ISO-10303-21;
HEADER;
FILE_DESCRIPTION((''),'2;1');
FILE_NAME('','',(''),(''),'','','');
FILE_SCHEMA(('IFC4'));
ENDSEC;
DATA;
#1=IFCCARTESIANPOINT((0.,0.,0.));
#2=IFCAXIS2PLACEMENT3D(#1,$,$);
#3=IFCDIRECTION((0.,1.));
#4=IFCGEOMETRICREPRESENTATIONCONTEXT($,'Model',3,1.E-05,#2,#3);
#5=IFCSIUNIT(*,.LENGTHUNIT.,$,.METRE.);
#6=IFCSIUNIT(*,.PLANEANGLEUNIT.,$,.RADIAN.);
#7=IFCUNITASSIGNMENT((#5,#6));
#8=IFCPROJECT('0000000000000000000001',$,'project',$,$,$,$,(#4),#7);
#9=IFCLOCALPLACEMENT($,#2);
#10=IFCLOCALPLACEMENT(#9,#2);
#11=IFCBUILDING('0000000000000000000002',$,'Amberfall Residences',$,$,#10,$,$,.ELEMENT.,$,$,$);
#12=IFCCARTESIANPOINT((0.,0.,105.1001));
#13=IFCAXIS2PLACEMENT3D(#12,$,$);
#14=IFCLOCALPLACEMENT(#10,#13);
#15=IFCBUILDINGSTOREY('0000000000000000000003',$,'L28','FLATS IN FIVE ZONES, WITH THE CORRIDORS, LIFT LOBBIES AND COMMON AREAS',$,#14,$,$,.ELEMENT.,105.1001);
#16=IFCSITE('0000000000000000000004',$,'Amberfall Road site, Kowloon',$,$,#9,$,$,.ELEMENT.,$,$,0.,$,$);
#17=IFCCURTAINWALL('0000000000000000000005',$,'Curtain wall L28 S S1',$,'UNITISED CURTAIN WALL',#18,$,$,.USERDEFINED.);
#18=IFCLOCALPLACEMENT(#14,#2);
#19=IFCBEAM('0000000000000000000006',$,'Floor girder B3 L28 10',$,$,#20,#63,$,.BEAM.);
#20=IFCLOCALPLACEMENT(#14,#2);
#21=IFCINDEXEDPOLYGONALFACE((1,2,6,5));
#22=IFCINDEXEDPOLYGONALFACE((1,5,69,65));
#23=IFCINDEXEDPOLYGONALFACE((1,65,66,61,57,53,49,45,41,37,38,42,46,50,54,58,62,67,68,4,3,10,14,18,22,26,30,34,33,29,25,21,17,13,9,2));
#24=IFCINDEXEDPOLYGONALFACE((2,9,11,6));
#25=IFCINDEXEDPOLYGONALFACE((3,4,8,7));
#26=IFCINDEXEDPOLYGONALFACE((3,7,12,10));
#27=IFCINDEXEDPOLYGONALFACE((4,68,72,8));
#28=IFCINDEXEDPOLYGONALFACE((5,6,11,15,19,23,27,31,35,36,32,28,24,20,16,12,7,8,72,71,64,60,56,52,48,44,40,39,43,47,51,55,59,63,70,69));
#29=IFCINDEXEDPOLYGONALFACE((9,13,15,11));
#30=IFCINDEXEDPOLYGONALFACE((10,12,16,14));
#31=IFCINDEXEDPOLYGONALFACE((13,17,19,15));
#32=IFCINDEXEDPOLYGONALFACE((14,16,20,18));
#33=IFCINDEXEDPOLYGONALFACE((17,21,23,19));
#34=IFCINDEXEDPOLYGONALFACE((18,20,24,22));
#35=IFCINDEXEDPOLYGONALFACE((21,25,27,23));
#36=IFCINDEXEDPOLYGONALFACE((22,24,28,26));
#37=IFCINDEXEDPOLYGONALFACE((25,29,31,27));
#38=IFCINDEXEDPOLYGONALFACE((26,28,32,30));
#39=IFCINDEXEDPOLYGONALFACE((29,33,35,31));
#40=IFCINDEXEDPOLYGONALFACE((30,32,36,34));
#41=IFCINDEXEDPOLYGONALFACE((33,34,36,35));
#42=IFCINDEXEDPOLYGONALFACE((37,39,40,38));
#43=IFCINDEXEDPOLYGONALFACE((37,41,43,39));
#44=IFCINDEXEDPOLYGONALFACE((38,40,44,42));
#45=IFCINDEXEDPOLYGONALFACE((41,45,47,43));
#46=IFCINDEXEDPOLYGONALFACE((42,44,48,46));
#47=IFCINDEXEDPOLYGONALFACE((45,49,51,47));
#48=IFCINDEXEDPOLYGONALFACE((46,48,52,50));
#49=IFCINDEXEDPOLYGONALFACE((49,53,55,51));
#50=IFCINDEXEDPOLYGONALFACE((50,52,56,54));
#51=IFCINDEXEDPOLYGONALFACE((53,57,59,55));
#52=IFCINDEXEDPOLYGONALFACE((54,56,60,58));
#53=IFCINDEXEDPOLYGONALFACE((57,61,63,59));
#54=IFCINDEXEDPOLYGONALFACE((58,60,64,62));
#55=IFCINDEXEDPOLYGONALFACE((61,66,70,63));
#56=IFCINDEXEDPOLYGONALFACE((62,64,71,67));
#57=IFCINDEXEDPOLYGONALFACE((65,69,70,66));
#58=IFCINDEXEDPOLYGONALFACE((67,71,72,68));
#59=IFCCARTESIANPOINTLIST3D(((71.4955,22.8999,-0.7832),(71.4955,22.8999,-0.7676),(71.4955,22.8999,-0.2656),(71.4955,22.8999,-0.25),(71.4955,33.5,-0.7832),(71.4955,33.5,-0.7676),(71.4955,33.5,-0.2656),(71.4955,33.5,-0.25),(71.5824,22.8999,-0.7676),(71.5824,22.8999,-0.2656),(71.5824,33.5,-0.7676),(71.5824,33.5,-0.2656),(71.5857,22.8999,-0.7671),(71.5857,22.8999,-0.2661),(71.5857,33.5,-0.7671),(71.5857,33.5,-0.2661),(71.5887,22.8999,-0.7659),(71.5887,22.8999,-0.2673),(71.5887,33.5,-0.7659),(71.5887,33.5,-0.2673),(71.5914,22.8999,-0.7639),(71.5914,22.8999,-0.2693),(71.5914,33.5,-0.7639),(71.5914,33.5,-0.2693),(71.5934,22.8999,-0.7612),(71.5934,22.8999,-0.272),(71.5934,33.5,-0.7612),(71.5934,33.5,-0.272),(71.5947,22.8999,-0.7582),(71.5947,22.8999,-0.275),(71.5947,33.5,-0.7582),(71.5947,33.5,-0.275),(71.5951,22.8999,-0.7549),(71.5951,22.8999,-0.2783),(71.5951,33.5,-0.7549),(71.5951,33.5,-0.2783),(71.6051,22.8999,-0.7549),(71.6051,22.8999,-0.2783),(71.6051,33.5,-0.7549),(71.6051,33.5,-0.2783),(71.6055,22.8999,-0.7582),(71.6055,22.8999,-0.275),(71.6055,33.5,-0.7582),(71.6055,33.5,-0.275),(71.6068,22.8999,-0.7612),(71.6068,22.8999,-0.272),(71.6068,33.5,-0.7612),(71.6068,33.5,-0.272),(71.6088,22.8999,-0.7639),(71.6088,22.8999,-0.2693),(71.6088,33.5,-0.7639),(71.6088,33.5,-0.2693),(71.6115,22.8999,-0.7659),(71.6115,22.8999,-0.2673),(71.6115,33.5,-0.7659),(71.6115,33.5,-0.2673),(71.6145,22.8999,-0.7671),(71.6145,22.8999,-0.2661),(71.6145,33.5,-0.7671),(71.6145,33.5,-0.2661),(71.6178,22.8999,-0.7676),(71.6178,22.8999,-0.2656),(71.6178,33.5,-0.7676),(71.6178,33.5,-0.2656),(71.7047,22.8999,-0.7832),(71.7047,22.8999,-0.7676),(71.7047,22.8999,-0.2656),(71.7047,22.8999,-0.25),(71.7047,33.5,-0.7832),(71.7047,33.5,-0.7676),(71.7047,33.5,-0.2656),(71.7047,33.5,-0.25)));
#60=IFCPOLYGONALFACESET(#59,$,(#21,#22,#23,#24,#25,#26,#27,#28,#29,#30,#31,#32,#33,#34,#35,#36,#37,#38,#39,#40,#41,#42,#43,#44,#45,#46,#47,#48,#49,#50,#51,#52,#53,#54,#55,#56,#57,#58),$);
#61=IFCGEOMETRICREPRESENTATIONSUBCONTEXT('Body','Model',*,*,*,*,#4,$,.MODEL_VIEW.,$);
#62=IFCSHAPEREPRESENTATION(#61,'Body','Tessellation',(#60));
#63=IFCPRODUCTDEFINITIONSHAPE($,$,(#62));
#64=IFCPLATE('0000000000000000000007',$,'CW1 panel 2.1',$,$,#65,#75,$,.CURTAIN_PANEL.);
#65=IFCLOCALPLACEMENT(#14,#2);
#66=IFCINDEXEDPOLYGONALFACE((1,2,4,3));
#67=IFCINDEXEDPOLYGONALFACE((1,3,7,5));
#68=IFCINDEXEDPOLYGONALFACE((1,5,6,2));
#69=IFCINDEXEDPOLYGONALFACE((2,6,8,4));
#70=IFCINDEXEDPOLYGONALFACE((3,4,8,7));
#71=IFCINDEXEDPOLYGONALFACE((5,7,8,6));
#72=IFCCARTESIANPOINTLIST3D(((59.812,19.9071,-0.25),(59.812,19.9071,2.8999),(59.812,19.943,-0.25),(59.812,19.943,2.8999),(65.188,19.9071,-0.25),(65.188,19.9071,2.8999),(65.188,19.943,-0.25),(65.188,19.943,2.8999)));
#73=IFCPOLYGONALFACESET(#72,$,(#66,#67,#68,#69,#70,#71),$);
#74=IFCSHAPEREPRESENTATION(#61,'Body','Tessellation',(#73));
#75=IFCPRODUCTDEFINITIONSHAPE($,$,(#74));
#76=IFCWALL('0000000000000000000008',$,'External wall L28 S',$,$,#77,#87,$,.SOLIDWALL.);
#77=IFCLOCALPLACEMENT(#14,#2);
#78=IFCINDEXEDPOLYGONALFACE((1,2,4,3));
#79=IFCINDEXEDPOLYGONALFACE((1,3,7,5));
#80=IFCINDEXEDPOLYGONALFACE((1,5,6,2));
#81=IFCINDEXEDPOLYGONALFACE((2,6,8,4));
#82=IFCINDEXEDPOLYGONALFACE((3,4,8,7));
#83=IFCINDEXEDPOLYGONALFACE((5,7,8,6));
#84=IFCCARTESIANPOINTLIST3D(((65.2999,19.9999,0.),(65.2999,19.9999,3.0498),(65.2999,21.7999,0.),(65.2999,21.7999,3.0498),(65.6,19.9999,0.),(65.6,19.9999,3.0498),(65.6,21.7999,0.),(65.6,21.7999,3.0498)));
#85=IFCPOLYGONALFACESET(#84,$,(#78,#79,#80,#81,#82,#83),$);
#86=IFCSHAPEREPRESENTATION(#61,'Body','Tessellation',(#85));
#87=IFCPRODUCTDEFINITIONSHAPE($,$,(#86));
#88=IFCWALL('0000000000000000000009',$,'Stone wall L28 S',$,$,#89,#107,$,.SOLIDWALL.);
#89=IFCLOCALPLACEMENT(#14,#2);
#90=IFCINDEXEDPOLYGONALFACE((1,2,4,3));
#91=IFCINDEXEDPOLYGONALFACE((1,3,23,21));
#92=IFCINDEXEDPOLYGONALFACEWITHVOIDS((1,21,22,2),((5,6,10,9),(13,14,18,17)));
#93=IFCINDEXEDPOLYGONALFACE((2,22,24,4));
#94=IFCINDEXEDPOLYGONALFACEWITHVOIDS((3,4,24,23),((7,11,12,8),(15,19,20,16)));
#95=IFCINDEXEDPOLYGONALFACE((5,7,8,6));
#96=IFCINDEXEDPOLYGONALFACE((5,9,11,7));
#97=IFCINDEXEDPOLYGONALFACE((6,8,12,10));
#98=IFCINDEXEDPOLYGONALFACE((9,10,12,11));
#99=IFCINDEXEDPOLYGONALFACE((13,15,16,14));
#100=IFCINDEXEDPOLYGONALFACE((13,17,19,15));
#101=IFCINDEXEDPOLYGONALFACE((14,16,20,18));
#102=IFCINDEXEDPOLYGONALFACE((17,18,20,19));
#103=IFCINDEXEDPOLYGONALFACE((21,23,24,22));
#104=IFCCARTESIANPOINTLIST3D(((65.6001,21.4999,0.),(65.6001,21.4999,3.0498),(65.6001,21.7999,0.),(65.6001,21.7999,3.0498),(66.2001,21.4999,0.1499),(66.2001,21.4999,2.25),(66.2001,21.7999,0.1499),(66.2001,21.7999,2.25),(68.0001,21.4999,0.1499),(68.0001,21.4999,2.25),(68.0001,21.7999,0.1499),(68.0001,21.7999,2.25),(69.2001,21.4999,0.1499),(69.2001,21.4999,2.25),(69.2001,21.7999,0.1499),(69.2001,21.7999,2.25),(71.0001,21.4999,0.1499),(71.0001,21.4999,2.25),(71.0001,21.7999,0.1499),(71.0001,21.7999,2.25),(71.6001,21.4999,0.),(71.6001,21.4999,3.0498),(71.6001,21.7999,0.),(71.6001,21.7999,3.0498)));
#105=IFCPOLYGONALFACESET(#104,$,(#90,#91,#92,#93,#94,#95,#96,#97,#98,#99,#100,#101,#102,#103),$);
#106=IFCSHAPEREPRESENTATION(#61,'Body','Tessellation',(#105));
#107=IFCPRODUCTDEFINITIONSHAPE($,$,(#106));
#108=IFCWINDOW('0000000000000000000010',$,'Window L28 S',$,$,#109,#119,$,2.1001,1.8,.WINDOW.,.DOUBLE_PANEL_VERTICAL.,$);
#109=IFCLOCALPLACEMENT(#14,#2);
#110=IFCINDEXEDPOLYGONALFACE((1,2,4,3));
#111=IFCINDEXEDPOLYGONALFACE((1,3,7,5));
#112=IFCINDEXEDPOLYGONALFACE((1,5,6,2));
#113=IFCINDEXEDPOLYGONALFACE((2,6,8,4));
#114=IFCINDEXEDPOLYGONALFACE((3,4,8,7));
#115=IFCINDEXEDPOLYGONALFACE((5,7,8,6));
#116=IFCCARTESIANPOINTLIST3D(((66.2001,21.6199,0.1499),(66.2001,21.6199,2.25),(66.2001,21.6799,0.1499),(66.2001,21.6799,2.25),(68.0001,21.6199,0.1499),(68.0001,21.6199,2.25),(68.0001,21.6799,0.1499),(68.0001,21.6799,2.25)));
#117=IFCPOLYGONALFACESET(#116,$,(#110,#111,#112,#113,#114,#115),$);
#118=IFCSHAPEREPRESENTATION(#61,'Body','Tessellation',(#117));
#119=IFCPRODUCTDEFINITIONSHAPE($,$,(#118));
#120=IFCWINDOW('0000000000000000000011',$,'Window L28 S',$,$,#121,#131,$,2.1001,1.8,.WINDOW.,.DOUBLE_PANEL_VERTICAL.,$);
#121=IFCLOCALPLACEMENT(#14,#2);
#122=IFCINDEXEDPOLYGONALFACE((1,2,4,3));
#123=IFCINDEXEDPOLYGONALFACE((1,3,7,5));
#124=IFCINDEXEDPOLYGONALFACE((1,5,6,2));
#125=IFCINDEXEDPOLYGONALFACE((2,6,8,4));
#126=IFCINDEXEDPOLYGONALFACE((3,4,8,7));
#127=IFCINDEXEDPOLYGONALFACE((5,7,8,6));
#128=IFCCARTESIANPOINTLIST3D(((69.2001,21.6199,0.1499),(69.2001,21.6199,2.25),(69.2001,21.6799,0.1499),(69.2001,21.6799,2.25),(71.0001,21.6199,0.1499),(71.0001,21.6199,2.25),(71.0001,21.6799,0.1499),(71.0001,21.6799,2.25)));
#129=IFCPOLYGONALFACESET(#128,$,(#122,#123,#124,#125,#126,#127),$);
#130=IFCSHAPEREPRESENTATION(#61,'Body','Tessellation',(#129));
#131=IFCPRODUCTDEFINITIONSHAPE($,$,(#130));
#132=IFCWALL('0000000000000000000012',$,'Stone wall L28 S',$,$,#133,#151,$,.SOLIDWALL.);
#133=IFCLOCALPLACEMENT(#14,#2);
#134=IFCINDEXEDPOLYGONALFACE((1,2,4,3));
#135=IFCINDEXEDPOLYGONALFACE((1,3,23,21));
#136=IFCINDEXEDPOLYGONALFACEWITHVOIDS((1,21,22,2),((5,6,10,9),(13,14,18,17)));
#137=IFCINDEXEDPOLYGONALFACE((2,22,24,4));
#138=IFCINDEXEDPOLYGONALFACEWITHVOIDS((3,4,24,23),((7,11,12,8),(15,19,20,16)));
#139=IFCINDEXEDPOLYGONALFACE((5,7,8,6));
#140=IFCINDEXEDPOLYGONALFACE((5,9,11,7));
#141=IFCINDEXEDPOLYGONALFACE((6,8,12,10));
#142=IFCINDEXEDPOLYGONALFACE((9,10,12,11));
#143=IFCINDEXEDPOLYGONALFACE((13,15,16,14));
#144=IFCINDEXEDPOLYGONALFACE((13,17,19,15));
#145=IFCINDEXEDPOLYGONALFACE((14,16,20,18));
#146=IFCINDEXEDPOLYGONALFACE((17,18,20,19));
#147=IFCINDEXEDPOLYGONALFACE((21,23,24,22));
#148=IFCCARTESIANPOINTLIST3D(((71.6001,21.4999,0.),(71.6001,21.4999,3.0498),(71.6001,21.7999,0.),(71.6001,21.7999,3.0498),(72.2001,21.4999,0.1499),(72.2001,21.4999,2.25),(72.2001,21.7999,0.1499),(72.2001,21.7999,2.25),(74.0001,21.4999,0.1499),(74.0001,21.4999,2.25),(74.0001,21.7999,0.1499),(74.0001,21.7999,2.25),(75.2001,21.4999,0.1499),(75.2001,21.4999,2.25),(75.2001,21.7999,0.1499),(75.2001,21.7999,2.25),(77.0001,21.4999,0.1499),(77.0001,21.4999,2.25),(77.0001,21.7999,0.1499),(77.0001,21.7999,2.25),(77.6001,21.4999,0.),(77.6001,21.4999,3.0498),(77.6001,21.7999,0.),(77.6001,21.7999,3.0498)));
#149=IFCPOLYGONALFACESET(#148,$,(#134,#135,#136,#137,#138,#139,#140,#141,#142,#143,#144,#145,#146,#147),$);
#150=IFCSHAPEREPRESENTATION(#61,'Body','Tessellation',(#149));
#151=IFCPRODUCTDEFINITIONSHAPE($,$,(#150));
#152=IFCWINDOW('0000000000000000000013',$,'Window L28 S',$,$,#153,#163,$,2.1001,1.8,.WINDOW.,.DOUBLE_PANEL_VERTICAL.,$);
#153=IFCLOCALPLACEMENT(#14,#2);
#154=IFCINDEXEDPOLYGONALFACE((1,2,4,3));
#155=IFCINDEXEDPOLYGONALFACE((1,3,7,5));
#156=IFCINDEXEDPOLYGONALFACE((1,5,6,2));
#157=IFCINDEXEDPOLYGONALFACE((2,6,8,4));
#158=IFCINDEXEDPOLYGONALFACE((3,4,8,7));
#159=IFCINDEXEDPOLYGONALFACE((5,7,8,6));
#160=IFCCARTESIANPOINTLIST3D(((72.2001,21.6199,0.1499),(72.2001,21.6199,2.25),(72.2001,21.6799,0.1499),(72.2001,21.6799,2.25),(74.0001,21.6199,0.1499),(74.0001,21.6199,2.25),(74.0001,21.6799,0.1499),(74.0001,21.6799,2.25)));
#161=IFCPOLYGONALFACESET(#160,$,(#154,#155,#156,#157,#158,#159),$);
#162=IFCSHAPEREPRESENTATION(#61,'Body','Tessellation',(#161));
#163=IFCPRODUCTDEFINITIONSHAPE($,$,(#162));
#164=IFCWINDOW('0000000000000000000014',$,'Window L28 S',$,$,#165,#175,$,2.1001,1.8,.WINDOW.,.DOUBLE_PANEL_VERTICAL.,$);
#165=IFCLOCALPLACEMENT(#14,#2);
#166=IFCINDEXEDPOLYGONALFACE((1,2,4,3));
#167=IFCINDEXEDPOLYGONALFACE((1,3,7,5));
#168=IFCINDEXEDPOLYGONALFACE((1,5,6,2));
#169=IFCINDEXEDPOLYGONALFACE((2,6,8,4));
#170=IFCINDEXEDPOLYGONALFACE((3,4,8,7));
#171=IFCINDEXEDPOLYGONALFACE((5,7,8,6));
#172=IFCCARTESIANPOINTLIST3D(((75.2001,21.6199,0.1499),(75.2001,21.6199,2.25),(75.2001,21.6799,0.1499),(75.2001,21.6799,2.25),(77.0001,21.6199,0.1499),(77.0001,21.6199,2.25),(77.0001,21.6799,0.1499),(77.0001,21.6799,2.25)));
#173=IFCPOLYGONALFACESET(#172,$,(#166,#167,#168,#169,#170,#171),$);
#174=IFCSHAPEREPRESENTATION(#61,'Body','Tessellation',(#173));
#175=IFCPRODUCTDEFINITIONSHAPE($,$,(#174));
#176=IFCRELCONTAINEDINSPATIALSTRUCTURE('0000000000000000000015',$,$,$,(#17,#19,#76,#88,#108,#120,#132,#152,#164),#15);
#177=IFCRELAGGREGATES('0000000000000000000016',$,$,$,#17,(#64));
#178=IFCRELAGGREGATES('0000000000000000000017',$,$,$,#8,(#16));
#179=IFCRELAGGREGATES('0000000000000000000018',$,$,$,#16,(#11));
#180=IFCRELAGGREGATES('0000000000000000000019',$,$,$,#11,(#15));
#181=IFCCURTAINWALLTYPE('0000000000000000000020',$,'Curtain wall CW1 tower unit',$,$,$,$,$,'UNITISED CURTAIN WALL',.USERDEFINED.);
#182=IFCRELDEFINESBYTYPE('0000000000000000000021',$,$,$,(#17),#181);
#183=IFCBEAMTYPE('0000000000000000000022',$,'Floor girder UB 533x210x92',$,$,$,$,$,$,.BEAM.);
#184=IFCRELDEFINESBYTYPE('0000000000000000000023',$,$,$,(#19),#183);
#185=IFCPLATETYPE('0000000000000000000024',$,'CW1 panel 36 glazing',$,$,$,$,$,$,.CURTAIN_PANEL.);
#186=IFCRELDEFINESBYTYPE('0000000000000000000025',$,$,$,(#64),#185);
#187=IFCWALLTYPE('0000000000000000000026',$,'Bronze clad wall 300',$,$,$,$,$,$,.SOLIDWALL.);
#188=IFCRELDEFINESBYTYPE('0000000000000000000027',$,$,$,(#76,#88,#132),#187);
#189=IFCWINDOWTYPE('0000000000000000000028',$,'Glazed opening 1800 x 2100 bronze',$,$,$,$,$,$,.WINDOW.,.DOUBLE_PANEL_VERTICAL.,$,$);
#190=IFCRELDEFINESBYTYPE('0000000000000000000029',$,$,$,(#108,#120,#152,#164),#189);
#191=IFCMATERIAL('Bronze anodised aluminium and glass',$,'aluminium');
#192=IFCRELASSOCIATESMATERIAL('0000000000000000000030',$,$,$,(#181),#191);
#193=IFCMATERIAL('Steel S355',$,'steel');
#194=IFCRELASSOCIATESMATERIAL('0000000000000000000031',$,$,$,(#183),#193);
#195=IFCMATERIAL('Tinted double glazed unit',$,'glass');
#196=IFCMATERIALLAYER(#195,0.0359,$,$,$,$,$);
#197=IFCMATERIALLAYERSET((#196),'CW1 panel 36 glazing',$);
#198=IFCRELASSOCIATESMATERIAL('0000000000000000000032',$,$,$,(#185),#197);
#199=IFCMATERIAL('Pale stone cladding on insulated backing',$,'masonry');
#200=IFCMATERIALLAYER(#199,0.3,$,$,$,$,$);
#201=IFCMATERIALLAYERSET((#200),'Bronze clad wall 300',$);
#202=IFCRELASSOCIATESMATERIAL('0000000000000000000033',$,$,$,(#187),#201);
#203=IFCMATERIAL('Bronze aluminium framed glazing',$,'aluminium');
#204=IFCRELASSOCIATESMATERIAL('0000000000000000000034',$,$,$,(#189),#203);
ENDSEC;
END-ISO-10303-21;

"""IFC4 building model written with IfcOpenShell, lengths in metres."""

from ifc_helpers import new_model, si_unit, direction, frame, frame_2d, origin, origin_2d, place, context, subcontext, project, spatial, rectangle, i_section, extrude, material, layer, layer_set, material_profile, profile_set, type_object, element, fill, aggregate, save


model = new_model("IFC4")

# Units and contexts
model_context = context("Model", 3, precision=1e-05, world=origin(), true_north=direction((0.0, 1.0)))
body_context = subcontext(model_context, "Body", "Model", "MODEL_VIEW")
ifc_project = project(units=[si_unit("LENGTHUNIT", "METRE"), si_unit("PLANEANGLEUNIT", "RADIAN")], contexts=[model_context])

# Site, building, storey
site_placement = place(None, origin())
site = spatial("IfcSite", under=ifc_project, at=site_placement, Name="Amberfall Road site, Kowloon", CompositionType="ELEMENT", RefElevation=0.0)
building_placement = place(site_placement, origin())
building = spatial("IfcBuilding", under=site, at=building_placement, Name="Amberfall Residences", CompositionType="ELEMENT")
storey_placement = place(building_placement, frame((0.0, 0.0, 105.1001)))
storey = spatial("IfcBuildingStorey", under=building, at=storey_placement, Name="L28", Description="FLATS IN FIVE ZONES, WITH THE CORRIDORS, LIFT LOBBIES AND COMMON AREAS", CompositionType="ELEMENT", Elevation=105.1001)

# Curtain wall
ifc_material_1 = material(Name="Bronze anodised aluminium and glass", Category="aluminium")
curtain_wall_type = type_object("IfcCurtainWallType", Name="Curtain wall CW1 tower unit", ElementType="UNITISED CURTAIN WALL", PredefinedType="USERDEFINED", material=ifc_material_1)
curtain_wall_placement = place(storey_placement, origin())
curtain_wall = element("IfcCurtainWall", 1, at=curtain_wall_placement, inside=storey, type_object=curtain_wall_type, Name="Curtain wall L28 S S1", ObjectType="UNITISED CURTAIN WALL", PredefinedType="USERDEFINED")

# Shared definitions
ifc_material_2 = material(Name="Steel S355", Category="steel")

# Beam
ifc_material_profile_1 = material_profile(ifc_material_2, i_section(OverallWidth=0.2092, OverallDepth=0.5332, WebThickness=0.01, FlangeThickness=0.0156, FilletRadius=0.0127, at=origin_2d()), Name="UB 533x210x92")
ifc_profile_set_1 = profile_set([ifc_material_profile_1], Name="Steel S355")
beam_type_1 = type_object("IfcBeamType", Name="Floor girder UB 533x210x92", PredefinedType="BEAM", material=ifc_profile_set_1)
for number, where, z_axis, x_axis, name in (
    (2, (71.6001, 22.8999, -0.5166), (0.0, 1.0, 0.0), (-1.0, 0.0, 0.0), "Floor girder B3 L28 10"),
):
    element("IfcBeam", number, at=place(storey_placement, frame(where, z_axis=z_axis, x_axis=x_axis)), inside=storey, type_object=beam_type_1, Name=name, PredefinedType="BEAM", context=body_context, shape_type="SweptSolid", body=[
        extrude(i_section(OverallWidth=0.2092, OverallDepth=0.5332, WebThickness=0.01, FlangeThickness=0.0156, FilletRadius=0.0127, at=origin_2d()), origin(), (0.0, 0.0, 1.0), 10.6001),
    ])

# Plate
ifc_material_3 = material(Name="Tinted double glazed unit", Category="glass")
ifc_layer_1 = layer(ifc_material_3, 0.0359)
ifc_layer_set_1 = layer_set([ifc_layer_1], Name="CW1 panel 36 glazing")
plate_type = type_object("IfcPlateType", Name="CW1 panel 36 glazing", PredefinedType="CURTAIN_PANEL", material=ifc_layer_set_1)
plate_placement = place(storey_placement, frame((62.5, 19.925, -0.25), z_axis=(0.0, 0.0, 1.0), x_axis=(1.0, 0.0, 0.0)))
plate = element("IfcPlate", 3, at=plate_placement, type_object=plate_type, Name="CW1 panel 2.1", PredefinedType="CURTAIN_PANEL", context=body_context, shape_type="SweptSolid", body=[
    extrude(rectangle(XDim=5.376, YDim=0.0359, at=origin_2d()), origin(), (0.0, 0.0, 1.0), 3.1499),
])
aggregate(curtain_wall, [plate])

# Wall
ifc_material_4 = material(Name="Pale stone cladding on insulated backing", Category="masonry")
ifc_layer_2 = layer(ifc_material_4, 0.3)
ifc_layer_set_2 = layer_set([ifc_layer_2], Name="Bronze clad wall 300")
wall_type_1 = type_object("IfcWallType", Name="Bronze clad wall 300", PredefinedType="SOLIDWALL", material=ifc_layer_set_2)
wall_1_placement = place(storey_placement, frame((65.45, 20.0, 0.0), z_axis=(0.0, 0.0, 1.0), x_axis=(0.0, 1.0, 0.0)))
element("IfcWall", 4, at=wall_1_placement, inside=storey, type_object=wall_type_1, Name="External wall L28 S", PredefinedType="SOLIDWALL", context=body_context, shape_type="SweptSolid", body=[
    extrude(rectangle(XDim=1.8, YDim=0.3, at=frame_2d((0.8999, 0.0))), origin(), (0.0, 0.0, 1.0), 3.0498),
])

# Walls, openings, windows
wall_2_placement = place(storey_placement, frame((65.6001, 21.6499, 0.0), z_axis=(0.0, 0.0, 1.0), x_axis=(1.0, 0.0, 0.0)))
wall_2 = element("IfcWall", 5, at=wall_2_placement, inside=storey, type_object=wall_type_1, Name="Stone wall L28 S", PredefinedType="SOLIDWALL", context=body_context, shape_type="SweptSolid", body=[
    extrude(rectangle(XDim=6.0, YDim=0.3, at=frame_2d((3.0, 0.0))), origin(), (0.0, 0.0, 1.0), 3.0498),
])
opening_1_placement = place(wall_2_placement, frame((0.6001, 0.0, 0.1499)))
opening_1 = element("IfcOpeningElement", 6, at=opening_1_placement, cuts=wall_2, PredefinedType="OPENING", context=body_context, shape_type="SweptSolid", body=[
    extrude(rectangle(XDim=1.8, YDim=2.1001, at=frame_2d((0.8999, 1.05))), frame((0.0, 0.1599, 0.0), z_axis=(0.0, -1.0, 0.0), x_axis=(1.0, 0.0, 0.0)), (0.0, 0.0, 1.0), 0.3201),
])
opening_2_placement = place(wall_2_placement, frame((3.6001, 0.0, 0.1499)))
opening_2 = element("IfcOpeningElement", 7, at=opening_2_placement, cuts=wall_2, PredefinedType="OPENING", context=body_context, shape_type="SweptSolid", body=[
    extrude(rectangle(XDim=1.8, YDim=2.1001, at=frame_2d((0.8999, 1.05))), frame((0.0, 0.1599, 0.0), z_axis=(0.0, -1.0, 0.0), x_axis=(1.0, 0.0, 0.0)), (0.0, 0.0, 1.0), 0.3201),
])
ifc_material_5 = material(Name="Bronze aluminium framed glazing", Category="aluminium")
window_type = type_object("IfcWindowType", Name="Glazed opening 1800 x 2100 bronze", PartitioningType="DOUBLE_PANEL_VERTICAL", PredefinedType="WINDOW", material=ifc_material_5)
window_1_placement = place(opening_1_placement, origin())
window_1 = element("IfcWindow", 8, at=window_1_placement, inside=storey, type_object=window_type, Name="Window L28 S", OverallHeight=2.1001, OverallWidth=1.8, PartitioningType="DOUBLE_PANEL_VERTICAL", PredefinedType="WINDOW", context=body_context, shape_type="SweptSolid", body=[
    extrude(rectangle(XDim=1.8, YDim=2.1001, at=frame_2d((0.8999, 1.05))), frame((0.0, 0.03, 0.0), z_axis=(0.0, -1.0, 0.0), x_axis=(1.0, 0.0, 0.0)), (0.0, 0.0, 1.0), 0.0601),
])
fill(opening_1, window_1)
window_2_placement = place(opening_2_placement, origin())
window_2 = element("IfcWindow", 9, at=window_2_placement, inside=storey, type_object=window_type, Name="Window L28 S", OverallHeight=2.1001, OverallWidth=1.8, PartitioningType="DOUBLE_PANEL_VERTICAL", PredefinedType="WINDOW", context=body_context, shape_type="SweptSolid", body=[
    extrude(rectangle(XDim=1.8, YDim=2.1001, at=frame_2d((0.8999, 1.05))), frame((0.0, 0.03, 0.0), z_axis=(0.0, -1.0, 0.0), x_axis=(1.0, 0.0, 0.0)), (0.0, 0.0, 1.0), 0.0601),
])
fill(opening_2, window_2)
wall_3_placement = place(storey_placement, frame((71.6001, 21.6499, 0.0), z_axis=(0.0, 0.0, 1.0), x_axis=(1.0, 0.0, 0.0)))
wall_3 = element("IfcWall", 10, at=wall_3_placement, inside=storey, type_object=wall_type_1, Name="Stone wall L28 S", PredefinedType="SOLIDWALL", context=body_context, shape_type="SweptSolid", body=[
    extrude(rectangle(XDim=6.0, YDim=0.3, at=frame_2d((3.0, 0.0))), origin(), (0.0, 0.0, 1.0), 3.0498),
])
opening_3_placement = place(wall_3_placement, frame((0.6001, 0.0, 0.1499)))
opening_3 = element("IfcOpeningElement", 11, at=opening_3_placement, cuts=wall_3, PredefinedType="OPENING", context=body_context, shape_type="SweptSolid", body=[
    extrude(rectangle(XDim=1.8, YDim=2.1001, at=frame_2d((0.8999, 1.05))), frame((0.0, 0.1599, 0.0), z_axis=(0.0, -1.0, 0.0), x_axis=(1.0, 0.0, 0.0)), (0.0, 0.0, 1.0), 0.3201),
])
opening_4_placement = place(wall_3_placement, frame((3.6001, 0.0, 0.1499)))
opening_4 = element("IfcOpeningElement", 12, at=opening_4_placement, cuts=wall_3, PredefinedType="OPENING", context=body_context, shape_type="SweptSolid", body=[
    extrude(rectangle(XDim=1.8, YDim=2.1001, at=frame_2d((0.8999, 1.05))), frame((0.0, 0.1599, 0.0), z_axis=(0.0, -1.0, 0.0), x_axis=(1.0, 0.0, 0.0)), (0.0, 0.0, 1.0), 0.3201),
])
window_3_placement = place(opening_3_placement, origin())
window_3 = element("IfcWindow", 13, at=window_3_placement, inside=storey, type_object=window_type, Name="Window L28 S", OverallHeight=2.1001, OverallWidth=1.8, PartitioningType="DOUBLE_PANEL_VERTICAL", PredefinedType="WINDOW", context=body_context, shape_type="SweptSolid", body=[
    extrude(rectangle(XDim=1.8, YDim=2.1001, at=frame_2d((0.8999, 1.05))), frame((0.0, 0.03, 0.0), z_axis=(0.0, -1.0, 0.0), x_axis=(1.0, 0.0, 0.0)), (0.0, 0.0, 1.0), 0.0601),
])
fill(opening_3, window_3)
window_4_placement = place(opening_4_placement, origin())
window_4 = element("IfcWindow", 14, at=window_4_placement, inside=storey, type_object=window_type, Name="Window L28 S", OverallHeight=2.1001, OverallWidth=1.8, PartitioningType="DOUBLE_PANEL_VERTICAL", PredefinedType="WINDOW", context=body_context, shape_type="SweptSolid", body=[
    extrude(rectangle(XDim=1.8, YDim=2.1001, at=frame_2d((0.8999, 1.05))), frame((0.0, 0.03, 0.0), z_axis=(0.0, -1.0, 0.0), x_axis=(1.0, 0.0, 0.0)), (0.0, 0.0, 1.0), 0.0601),
])
fill(opening_4, window_4)

save(model, "model.ifc")
